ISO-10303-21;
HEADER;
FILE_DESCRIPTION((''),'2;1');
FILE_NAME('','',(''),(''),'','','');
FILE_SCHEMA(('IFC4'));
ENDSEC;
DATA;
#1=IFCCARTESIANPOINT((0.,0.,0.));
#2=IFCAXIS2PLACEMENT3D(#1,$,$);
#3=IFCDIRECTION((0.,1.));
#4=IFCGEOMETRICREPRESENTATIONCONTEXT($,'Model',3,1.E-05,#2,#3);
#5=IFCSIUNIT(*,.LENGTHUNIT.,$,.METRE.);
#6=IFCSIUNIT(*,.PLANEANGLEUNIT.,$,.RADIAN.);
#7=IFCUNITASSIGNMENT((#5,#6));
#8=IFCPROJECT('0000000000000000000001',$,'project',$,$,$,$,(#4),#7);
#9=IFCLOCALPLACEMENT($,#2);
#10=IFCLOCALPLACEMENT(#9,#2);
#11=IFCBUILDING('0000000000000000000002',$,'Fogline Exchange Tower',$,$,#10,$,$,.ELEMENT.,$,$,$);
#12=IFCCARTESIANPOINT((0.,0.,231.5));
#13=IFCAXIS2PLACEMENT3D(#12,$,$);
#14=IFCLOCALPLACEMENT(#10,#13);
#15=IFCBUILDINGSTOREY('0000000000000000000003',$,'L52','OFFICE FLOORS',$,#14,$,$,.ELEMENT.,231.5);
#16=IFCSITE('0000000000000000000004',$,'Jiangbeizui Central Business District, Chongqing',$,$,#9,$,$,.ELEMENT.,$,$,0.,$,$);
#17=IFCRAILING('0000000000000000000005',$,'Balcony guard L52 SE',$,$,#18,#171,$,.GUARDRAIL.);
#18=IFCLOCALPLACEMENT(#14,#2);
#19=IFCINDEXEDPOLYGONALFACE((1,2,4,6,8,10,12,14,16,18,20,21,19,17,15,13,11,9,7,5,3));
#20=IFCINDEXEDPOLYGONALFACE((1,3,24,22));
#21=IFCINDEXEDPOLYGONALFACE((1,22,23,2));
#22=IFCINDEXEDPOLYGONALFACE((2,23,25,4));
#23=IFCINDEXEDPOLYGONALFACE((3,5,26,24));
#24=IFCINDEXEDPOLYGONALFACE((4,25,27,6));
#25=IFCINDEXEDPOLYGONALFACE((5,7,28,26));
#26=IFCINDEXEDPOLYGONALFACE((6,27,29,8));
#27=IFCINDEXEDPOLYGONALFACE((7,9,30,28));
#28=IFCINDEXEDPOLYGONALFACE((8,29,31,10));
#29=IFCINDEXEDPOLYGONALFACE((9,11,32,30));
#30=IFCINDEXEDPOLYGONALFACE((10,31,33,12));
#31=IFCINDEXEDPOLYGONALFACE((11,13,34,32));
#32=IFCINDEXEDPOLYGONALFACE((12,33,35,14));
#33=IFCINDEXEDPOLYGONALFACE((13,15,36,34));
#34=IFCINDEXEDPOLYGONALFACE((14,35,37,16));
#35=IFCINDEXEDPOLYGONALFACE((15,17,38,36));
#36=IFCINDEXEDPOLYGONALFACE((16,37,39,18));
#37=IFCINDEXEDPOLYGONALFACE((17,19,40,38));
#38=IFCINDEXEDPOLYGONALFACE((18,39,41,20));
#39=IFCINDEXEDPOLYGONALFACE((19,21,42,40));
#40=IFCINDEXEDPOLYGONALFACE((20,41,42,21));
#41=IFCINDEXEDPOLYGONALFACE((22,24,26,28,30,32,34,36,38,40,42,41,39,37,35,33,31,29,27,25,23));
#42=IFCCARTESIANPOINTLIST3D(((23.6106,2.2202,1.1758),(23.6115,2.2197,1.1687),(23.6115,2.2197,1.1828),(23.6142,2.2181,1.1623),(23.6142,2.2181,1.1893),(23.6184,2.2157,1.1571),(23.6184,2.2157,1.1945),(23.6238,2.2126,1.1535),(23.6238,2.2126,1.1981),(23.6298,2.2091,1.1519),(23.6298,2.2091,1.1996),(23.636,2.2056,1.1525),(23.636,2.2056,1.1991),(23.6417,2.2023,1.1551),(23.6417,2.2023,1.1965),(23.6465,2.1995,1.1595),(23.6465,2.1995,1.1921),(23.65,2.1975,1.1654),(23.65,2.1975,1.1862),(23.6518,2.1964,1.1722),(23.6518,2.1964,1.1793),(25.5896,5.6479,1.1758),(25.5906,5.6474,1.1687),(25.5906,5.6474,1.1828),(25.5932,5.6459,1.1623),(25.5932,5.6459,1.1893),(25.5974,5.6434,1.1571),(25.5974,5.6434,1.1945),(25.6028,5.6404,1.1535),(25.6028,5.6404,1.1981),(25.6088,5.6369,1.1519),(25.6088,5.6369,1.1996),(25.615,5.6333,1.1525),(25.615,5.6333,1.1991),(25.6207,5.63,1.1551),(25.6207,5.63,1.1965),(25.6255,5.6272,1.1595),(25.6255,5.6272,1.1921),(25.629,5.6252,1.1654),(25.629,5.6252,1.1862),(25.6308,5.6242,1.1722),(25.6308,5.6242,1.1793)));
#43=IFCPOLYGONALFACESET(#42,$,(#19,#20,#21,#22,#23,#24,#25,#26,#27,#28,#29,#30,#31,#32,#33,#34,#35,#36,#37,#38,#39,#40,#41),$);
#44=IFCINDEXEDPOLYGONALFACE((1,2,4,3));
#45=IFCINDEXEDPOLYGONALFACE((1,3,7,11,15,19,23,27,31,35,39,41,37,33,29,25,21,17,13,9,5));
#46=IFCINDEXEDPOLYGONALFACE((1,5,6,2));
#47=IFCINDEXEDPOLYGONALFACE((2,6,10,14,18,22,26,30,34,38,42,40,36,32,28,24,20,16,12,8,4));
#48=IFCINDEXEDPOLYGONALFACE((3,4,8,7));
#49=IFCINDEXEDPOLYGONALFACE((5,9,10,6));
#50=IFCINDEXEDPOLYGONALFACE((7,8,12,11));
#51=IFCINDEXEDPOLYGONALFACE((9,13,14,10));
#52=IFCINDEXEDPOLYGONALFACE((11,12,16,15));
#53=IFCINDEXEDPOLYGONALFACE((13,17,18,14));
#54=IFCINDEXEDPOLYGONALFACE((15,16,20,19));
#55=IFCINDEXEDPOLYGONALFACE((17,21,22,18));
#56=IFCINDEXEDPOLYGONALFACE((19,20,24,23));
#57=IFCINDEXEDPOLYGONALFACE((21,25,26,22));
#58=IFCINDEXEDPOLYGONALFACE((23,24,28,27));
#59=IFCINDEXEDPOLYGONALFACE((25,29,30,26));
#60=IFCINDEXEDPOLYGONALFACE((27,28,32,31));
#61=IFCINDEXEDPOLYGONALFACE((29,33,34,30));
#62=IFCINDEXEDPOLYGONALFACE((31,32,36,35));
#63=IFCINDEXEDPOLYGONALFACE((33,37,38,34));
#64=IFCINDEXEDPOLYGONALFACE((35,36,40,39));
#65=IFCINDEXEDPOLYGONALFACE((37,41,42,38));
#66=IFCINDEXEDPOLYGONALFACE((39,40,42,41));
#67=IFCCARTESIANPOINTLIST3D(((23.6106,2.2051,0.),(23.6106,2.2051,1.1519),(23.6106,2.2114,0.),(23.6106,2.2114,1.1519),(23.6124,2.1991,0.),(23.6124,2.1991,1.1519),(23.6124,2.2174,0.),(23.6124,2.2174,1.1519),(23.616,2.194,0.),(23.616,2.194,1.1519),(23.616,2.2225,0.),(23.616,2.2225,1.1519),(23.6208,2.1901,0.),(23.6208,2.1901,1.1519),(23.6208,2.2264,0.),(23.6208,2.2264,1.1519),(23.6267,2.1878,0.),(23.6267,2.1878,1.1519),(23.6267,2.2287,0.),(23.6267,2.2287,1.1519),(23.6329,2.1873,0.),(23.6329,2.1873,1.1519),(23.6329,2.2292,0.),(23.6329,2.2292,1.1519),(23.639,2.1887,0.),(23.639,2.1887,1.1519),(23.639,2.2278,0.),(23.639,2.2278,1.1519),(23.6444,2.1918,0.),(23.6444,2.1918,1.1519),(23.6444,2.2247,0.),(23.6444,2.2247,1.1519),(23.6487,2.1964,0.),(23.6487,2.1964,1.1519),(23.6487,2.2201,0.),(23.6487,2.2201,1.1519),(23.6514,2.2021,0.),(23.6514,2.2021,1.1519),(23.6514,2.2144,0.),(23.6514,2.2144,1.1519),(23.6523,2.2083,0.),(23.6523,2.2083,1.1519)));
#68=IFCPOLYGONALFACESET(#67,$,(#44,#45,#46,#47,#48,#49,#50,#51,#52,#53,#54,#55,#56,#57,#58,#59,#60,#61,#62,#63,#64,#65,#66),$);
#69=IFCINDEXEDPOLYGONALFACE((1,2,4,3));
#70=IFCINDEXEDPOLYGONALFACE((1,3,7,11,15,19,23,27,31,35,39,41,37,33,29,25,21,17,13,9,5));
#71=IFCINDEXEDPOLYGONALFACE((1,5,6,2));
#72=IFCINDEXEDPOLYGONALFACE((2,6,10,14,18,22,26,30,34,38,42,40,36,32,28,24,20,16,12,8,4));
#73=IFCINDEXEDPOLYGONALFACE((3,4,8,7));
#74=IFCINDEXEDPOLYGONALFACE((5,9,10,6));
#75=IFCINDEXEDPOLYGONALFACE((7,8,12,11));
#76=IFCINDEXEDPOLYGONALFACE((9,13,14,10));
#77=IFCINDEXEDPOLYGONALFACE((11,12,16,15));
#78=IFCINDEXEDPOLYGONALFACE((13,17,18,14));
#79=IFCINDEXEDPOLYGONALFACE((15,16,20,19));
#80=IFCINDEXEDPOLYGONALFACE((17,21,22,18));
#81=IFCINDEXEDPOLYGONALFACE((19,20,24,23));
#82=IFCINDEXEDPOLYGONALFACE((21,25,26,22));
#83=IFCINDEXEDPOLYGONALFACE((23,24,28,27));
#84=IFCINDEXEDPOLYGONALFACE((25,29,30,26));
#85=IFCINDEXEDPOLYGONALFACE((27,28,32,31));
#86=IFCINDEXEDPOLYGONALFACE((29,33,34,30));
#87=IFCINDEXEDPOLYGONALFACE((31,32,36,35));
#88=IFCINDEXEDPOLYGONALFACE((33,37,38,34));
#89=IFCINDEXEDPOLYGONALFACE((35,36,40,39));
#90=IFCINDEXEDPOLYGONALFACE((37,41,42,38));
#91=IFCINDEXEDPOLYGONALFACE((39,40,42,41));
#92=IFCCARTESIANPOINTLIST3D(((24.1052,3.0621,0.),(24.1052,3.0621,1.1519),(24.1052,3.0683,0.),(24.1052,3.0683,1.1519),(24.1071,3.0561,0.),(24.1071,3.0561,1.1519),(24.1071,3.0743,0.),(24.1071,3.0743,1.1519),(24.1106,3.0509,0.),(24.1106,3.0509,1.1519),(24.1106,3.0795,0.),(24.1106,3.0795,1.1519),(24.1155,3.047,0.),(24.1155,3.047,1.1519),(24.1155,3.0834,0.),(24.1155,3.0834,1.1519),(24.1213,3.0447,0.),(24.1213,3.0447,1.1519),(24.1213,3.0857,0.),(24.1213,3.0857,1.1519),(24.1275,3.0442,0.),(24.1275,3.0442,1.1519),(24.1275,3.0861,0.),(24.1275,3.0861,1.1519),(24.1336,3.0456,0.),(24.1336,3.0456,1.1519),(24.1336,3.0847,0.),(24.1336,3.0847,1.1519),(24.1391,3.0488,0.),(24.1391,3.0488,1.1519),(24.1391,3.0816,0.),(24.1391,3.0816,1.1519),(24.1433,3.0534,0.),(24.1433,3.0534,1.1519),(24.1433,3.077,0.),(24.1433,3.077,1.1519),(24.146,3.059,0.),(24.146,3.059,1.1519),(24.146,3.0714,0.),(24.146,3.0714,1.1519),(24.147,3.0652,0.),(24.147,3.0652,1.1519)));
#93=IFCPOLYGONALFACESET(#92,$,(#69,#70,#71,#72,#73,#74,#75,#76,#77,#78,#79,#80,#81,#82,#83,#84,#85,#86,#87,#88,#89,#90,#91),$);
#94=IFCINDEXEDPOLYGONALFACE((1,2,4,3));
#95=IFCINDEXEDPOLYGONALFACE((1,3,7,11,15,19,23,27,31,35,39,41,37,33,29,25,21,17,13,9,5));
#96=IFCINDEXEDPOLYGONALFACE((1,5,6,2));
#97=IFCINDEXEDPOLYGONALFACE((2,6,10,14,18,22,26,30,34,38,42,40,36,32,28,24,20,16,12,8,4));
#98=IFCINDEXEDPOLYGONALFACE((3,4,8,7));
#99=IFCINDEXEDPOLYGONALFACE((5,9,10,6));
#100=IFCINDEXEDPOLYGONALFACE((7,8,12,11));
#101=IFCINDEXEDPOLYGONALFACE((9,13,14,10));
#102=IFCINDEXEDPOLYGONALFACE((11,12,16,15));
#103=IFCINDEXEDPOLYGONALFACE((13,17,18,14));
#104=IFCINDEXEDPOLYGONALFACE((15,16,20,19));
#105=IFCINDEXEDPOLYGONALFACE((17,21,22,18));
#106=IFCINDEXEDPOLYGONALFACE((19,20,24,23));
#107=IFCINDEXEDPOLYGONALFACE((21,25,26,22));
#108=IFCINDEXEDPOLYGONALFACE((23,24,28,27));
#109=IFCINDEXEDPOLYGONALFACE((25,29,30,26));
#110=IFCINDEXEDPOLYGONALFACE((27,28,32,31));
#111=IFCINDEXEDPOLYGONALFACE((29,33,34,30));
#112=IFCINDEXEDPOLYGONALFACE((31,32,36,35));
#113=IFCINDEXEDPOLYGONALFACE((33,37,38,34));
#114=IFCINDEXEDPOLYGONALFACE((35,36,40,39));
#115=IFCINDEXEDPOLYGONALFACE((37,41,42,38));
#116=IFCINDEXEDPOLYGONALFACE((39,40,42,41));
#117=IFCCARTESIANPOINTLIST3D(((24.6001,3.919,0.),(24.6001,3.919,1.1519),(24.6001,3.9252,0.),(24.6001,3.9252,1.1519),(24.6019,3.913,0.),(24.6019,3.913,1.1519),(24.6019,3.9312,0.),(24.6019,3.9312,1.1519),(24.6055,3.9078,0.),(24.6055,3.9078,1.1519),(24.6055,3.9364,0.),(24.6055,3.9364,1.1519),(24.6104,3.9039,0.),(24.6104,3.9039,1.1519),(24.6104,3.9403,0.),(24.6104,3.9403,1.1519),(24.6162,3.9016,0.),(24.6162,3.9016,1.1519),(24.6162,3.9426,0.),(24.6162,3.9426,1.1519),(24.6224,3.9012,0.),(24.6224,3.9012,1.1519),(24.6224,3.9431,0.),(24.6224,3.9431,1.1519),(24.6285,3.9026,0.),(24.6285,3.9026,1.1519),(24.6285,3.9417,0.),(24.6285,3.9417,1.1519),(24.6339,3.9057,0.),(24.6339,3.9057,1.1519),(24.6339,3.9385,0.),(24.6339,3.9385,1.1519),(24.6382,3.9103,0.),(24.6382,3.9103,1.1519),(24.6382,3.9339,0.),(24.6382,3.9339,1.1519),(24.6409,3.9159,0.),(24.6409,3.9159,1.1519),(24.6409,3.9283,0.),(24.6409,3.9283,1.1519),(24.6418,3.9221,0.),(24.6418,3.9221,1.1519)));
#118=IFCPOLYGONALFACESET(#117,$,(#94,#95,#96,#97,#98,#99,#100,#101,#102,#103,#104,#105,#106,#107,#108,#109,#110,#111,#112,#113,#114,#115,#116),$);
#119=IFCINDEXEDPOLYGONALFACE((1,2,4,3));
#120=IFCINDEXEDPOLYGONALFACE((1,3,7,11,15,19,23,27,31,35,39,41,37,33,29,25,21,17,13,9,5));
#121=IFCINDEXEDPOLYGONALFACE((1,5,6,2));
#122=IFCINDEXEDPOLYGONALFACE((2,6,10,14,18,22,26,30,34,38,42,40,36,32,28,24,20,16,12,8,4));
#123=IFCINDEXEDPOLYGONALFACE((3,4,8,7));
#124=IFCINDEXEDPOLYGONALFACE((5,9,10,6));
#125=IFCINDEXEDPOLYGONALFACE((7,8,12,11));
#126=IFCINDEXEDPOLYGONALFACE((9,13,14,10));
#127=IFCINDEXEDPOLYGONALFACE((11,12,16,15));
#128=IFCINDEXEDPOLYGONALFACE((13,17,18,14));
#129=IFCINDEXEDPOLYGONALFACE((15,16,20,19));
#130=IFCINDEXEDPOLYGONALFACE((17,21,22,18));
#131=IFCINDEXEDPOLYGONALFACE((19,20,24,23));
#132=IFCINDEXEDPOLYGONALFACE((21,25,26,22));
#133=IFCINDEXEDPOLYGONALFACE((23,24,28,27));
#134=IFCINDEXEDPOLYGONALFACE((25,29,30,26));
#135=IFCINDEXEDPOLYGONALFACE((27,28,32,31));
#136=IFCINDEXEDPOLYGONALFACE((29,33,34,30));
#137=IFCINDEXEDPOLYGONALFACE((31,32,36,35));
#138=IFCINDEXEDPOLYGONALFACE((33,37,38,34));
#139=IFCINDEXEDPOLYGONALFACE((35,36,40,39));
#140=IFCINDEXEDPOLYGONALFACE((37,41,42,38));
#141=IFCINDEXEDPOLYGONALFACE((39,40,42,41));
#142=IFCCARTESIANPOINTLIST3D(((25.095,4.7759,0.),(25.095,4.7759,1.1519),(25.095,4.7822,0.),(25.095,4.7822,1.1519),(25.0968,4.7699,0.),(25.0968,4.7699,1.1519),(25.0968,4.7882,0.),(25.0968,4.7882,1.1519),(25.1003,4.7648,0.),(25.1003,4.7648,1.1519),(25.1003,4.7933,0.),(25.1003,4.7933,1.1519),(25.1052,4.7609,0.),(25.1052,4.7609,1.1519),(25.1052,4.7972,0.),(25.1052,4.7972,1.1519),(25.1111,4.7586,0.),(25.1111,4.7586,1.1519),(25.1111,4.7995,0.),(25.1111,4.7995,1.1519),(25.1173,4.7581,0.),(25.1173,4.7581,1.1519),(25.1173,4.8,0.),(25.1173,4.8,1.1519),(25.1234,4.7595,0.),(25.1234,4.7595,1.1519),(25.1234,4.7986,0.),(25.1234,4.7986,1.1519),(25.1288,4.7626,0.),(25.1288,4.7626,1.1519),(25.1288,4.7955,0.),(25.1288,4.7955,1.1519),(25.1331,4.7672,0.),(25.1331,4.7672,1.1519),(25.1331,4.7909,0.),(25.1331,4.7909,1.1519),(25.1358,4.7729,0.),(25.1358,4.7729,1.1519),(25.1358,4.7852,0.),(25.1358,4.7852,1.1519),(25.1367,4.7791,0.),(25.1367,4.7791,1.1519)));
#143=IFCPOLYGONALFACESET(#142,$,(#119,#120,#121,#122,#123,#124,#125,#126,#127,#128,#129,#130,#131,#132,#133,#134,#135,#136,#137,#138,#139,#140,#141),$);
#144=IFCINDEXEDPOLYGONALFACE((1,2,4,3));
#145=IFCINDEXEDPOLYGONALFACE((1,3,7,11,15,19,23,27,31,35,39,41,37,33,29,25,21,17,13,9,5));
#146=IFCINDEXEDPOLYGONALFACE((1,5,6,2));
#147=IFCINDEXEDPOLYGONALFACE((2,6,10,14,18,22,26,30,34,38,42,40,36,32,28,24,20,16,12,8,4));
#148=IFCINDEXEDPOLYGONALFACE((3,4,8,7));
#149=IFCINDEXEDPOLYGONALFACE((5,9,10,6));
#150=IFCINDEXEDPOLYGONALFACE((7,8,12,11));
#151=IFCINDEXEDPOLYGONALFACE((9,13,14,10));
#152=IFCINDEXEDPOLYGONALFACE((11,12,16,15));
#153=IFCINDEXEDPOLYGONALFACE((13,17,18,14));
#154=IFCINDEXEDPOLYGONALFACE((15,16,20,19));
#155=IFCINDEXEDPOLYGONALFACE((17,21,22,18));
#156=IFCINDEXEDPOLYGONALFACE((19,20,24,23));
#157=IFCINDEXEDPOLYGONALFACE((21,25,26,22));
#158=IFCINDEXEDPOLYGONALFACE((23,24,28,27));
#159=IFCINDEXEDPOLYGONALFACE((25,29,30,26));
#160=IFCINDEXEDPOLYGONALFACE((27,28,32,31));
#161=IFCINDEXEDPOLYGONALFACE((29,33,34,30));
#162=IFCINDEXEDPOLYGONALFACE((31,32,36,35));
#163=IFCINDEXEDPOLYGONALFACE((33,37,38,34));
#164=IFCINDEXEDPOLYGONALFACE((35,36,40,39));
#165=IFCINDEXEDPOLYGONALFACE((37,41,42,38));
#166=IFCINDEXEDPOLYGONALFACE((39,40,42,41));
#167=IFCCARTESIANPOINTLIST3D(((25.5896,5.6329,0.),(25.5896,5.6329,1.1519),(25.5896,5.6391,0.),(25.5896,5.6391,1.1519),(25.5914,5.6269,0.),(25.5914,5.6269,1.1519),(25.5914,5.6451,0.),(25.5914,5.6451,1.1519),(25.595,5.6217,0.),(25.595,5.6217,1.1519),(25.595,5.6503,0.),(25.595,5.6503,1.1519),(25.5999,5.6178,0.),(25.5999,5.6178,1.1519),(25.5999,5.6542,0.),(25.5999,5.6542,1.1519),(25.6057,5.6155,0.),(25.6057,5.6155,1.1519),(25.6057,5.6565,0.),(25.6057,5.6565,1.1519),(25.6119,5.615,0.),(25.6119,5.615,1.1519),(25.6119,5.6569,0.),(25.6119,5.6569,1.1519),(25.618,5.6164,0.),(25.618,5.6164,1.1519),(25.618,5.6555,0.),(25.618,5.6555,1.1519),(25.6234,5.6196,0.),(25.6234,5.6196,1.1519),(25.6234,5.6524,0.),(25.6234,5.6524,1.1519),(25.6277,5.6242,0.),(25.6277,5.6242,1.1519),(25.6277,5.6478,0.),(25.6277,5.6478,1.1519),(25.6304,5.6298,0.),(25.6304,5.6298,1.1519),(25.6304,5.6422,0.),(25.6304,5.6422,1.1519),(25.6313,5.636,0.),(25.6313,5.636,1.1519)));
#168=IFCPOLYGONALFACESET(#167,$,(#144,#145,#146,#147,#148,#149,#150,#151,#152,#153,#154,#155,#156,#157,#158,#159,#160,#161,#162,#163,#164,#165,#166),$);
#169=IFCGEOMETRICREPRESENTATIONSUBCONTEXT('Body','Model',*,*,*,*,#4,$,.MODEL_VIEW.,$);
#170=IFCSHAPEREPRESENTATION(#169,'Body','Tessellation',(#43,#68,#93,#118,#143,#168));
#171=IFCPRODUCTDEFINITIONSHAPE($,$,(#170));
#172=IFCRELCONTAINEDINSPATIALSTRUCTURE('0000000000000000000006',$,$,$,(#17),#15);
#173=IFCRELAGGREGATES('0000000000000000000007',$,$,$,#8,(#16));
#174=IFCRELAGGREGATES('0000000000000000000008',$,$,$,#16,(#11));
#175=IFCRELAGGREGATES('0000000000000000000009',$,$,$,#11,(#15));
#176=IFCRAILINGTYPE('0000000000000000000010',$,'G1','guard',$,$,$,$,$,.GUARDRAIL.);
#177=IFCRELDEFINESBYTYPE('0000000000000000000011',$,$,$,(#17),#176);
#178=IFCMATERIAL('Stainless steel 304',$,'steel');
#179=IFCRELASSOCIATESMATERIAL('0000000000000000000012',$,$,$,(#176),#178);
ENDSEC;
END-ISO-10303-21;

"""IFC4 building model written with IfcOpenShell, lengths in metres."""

from ifc_helpers import new_model, si_unit, direction, frame, origin, origin_2d, place, context, subcontext, project, spatial, circle, extrude, material, type_object, element, save


model = new_model("IFC4")

# Units and contexts
model_context = context("Model", 3, precision=1e-05, world=origin(), true_north=direction((0.0, 1.0)))
body_context = subcontext(model_context, "Body", "Model", "MODEL_VIEW")
ifc_project = project(units=[si_unit("LENGTHUNIT", "METRE"), si_unit("PLANEANGLEUNIT", "RADIAN")], contexts=[model_context])

# Site, building, storey
site_placement = place(None, origin())
site = spatial("IfcSite", under=ifc_project, at=site_placement, Name="Jiangbeizui Central Business District, Chongqing", CompositionType="ELEMENT", RefElevation=0.0)
building_placement = place(site_placement, origin())
building = spatial("IfcBuilding", under=site, at=building_placement, Name="Fogline Exchange Tower", CompositionType="ELEMENT")
storey_placement = place(building_placement, frame((0.0, 0.0, 231.5)))
storey = spatial("IfcBuildingStorey", under=building, at=storey_placement, Name="L52", Description="OFFICE FLOORS", CompositionType="ELEMENT", Elevation=231.5)

# Railing
ifc_material_1 = material(Name="Stainless steel 304", Category="steel")
railing_type = type_object("IfcRailingType", Name="G1", Description="guard", PredefinedType="GUARDRAIL", material=ifc_material_1)
railing_placement = place(storey_placement, frame((23.6313, 2.2083, 0.0)))
element("IfcRailing", 1, at=railing_placement, inside=storey, type_object=railing_type, Name="Balcony guard L52 SE", PredefinedType="GUARDRAIL", context=body_context, shape_type="SweptSolid", body=[
    extrude(circle(Radius=0.0239, at=origin_2d()), frame((0.0, 0.0, 1.1758), z_axis=(0.5, 0.866025, 0.0), x_axis=(-0.866025, 0.5, 0.0)), (0.0, 0.0, 1.0), 3.958),
    extrude(circle(Radius=0.021, at=origin_2d()), origin(), (0.0, 0.0, 1.0), 1.1519),
    extrude(circle(Radius=0.021, at=origin_2d()), frame((0.4946, 0.8569, 0.0)), (0.0, 0.0, 1.0), 1.1519),
    extrude(circle(Radius=0.021, at=origin_2d()), frame((0.9895, 1.7139, 0.0)), (0.0, 0.0, 1.0), 1.1519),
    extrude(circle(Radius=0.021, at=origin_2d()), frame((1.4844, 2.5708, 0.0)), (0.0, 0.0, 1.0), 1.1519),
    extrude(circle(Radius=0.021, at=origin_2d()), frame((1.979, 3.4277, 0.0)), (0.0, 0.0, 1.0), 1.1519),
])

save(model, "model.ifc")
